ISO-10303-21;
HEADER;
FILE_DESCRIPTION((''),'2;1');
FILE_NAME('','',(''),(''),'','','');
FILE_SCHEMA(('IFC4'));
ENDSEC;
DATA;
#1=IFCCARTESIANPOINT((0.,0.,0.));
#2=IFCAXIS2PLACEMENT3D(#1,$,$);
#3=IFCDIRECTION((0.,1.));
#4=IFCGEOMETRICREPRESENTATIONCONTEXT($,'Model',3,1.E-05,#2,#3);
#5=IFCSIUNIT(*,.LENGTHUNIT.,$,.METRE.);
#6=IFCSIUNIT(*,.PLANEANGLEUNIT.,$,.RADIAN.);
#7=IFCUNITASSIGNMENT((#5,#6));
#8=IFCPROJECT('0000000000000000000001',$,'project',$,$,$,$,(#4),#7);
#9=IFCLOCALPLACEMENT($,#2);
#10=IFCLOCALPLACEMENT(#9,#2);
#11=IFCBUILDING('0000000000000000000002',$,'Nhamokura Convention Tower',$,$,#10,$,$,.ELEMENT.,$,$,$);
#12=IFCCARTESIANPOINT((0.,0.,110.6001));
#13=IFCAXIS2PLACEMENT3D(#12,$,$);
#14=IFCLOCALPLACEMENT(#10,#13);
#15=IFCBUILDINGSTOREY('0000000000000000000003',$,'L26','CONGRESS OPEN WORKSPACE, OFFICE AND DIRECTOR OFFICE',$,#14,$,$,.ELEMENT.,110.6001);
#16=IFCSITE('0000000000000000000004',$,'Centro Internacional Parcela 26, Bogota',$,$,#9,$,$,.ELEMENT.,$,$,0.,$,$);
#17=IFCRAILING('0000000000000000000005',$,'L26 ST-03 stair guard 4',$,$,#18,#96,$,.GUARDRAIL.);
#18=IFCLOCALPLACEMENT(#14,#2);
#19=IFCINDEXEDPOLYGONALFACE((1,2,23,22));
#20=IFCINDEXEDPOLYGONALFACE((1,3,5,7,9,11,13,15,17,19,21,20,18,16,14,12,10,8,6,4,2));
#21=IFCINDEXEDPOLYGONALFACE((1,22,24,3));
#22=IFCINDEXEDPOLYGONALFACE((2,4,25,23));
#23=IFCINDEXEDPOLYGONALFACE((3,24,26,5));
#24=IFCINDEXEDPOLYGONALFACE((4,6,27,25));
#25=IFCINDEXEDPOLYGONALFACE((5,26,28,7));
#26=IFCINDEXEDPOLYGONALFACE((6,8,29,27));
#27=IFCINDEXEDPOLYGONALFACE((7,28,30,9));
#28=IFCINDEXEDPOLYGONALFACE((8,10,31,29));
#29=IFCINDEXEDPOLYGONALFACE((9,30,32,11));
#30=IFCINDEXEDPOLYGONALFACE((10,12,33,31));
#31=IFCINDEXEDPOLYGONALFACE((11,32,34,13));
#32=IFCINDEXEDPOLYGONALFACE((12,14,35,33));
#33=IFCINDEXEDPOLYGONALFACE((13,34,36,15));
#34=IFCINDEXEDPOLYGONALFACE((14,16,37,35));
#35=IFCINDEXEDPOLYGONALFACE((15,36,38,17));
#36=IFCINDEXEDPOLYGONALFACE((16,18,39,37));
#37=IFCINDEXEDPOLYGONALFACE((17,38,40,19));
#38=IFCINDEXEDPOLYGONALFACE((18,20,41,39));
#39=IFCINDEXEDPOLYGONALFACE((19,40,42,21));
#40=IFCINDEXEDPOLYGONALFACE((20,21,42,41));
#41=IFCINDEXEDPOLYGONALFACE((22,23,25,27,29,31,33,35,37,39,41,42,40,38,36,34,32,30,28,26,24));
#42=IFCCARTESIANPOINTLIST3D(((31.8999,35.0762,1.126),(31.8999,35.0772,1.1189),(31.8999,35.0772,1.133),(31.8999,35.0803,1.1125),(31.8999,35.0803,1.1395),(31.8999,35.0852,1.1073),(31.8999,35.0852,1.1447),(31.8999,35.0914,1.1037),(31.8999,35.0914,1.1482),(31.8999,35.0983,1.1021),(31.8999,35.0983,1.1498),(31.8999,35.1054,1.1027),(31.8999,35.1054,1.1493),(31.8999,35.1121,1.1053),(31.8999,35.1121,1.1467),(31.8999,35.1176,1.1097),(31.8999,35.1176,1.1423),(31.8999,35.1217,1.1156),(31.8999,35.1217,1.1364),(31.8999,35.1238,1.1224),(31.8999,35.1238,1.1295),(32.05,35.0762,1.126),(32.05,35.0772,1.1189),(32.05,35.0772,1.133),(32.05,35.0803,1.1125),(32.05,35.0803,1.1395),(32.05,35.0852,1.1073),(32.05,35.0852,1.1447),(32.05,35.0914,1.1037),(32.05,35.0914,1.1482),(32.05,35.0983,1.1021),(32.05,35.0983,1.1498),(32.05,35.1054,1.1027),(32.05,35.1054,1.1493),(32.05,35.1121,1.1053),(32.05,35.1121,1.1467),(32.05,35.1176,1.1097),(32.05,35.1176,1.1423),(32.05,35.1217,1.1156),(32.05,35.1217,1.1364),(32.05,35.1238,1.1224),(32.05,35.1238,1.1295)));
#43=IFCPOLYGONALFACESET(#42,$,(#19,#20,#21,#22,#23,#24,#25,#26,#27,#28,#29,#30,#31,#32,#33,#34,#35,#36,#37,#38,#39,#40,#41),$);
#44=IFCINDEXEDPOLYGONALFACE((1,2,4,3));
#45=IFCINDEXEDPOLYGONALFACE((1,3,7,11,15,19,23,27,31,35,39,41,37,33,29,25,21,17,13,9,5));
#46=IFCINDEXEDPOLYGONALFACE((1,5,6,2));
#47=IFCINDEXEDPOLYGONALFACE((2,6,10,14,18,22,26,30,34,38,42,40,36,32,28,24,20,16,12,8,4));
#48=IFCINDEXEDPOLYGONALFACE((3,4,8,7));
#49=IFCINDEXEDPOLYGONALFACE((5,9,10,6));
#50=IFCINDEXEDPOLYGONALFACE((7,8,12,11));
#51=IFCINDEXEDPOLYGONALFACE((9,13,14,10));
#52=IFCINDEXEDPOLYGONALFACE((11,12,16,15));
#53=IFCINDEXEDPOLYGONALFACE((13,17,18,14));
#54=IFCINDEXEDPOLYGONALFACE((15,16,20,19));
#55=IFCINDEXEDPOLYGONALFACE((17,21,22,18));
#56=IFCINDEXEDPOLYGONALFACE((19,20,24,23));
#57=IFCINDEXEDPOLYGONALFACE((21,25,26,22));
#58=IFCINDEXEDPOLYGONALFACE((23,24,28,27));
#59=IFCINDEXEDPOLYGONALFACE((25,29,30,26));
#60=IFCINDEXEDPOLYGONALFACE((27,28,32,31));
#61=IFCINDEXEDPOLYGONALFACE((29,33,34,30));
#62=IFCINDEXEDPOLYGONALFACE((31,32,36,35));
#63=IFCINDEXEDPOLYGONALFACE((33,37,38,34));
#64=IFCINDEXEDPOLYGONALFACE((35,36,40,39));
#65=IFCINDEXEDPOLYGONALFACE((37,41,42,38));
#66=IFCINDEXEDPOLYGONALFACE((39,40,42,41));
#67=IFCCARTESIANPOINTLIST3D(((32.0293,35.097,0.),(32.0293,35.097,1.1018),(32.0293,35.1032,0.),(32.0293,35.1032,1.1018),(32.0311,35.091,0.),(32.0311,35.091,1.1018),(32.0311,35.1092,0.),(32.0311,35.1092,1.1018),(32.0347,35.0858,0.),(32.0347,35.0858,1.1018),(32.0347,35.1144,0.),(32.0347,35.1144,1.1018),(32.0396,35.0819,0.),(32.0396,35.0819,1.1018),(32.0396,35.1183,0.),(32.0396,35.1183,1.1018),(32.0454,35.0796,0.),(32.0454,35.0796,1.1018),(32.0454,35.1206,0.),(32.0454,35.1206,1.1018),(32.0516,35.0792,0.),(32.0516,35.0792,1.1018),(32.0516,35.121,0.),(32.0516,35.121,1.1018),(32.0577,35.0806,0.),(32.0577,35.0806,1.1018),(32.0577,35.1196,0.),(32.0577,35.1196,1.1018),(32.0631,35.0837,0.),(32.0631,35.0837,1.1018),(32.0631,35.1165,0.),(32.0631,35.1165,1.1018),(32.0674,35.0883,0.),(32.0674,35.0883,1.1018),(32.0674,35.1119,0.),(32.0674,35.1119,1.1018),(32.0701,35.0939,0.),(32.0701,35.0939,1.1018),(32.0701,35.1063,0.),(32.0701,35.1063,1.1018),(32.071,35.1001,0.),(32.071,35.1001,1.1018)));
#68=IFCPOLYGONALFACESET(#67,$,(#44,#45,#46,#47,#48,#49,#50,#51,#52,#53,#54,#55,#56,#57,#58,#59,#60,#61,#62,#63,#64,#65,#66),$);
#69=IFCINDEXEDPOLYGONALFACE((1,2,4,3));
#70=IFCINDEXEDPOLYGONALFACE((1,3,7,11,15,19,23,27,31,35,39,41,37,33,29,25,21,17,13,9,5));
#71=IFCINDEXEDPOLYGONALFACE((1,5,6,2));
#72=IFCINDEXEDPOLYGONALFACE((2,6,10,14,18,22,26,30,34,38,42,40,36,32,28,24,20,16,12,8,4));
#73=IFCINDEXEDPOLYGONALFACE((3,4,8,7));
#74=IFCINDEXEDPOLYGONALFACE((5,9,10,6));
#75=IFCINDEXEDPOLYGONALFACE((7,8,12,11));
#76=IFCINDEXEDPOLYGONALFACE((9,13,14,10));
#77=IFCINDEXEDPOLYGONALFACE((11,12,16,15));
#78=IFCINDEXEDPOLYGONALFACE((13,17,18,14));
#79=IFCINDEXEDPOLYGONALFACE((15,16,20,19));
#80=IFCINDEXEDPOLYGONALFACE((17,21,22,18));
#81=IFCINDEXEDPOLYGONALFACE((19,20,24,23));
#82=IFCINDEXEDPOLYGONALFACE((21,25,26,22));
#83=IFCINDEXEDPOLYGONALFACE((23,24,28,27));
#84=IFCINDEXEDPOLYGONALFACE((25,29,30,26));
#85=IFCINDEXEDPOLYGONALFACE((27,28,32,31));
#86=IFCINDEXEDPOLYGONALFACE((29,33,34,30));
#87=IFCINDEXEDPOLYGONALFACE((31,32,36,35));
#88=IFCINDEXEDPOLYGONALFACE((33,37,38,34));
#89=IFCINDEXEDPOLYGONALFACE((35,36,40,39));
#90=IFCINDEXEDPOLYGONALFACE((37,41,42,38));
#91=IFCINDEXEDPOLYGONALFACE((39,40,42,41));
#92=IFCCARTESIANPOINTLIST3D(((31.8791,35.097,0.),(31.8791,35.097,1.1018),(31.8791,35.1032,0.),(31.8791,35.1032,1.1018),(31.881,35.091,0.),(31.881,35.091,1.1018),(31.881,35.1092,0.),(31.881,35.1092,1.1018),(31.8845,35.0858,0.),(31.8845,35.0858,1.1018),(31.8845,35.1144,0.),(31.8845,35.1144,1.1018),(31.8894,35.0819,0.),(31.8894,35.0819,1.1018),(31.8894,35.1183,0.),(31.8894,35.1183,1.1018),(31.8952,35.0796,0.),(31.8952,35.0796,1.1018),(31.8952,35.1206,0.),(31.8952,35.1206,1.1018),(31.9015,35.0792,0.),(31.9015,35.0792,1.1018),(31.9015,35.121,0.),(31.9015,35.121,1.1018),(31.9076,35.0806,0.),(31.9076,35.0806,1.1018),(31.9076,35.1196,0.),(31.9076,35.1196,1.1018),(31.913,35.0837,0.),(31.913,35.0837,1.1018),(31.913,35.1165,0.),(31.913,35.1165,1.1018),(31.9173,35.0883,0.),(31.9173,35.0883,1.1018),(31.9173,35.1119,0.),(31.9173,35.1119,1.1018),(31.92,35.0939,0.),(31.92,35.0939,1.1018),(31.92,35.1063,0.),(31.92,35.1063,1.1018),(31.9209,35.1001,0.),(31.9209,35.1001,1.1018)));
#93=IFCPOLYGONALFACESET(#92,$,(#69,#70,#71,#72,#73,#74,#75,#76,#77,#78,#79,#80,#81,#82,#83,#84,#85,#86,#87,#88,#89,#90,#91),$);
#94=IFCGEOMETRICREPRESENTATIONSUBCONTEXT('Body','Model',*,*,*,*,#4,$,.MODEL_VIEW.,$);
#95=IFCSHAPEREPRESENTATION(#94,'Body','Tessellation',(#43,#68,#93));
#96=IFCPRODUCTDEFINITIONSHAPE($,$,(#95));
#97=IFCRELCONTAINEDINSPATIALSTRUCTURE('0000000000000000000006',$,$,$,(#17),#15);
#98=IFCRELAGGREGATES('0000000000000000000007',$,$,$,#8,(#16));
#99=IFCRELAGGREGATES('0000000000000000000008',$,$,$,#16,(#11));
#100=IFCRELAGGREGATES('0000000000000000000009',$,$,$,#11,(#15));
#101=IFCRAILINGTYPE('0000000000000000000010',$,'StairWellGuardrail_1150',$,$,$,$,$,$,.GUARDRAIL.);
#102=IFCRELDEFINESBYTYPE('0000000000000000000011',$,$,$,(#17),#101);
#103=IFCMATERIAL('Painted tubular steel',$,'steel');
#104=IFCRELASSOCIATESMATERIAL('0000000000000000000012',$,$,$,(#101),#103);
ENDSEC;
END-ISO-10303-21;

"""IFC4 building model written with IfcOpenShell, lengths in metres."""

from ifc_helpers import new_model, si_unit, direction, frame, origin, origin_2d, place, context, subcontext, project, spatial, circle, extrude, material, type_object, element, save


model = new_model("IFC4")

# Units and contexts
model_context = context("Model", 3, precision=1e-05, world=origin(), true_north=direction((0.0, 1.0)))
body_context = subcontext(model_context, "Body", "Model", "MODEL_VIEW")
ifc_project = project(units=[si_unit("LENGTHUNIT", "METRE"), si_unit("PLANEANGLEUNIT", "RADIAN")], contexts=[model_context])

# Site, building, storey
site_placement = place(None, origin())
site = spatial("IfcSite", under=ifc_project, at=site_placement, Name="Centro Internacional Parcela 26, Bogota", CompositionType="ELEMENT", RefElevation=0.0)
building_placement = place(site_placement, origin())
building = spatial("IfcBuilding", under=site, at=building_placement, Name="Nhamokura Convention Tower", CompositionType="ELEMENT")
storey_placement = place(building_placement, frame((0.0, 0.0, 110.6001)))
storey = spatial("IfcBuildingStorey", under=building, at=storey_placement, Name="L26", Description="CONGRESS OPEN WORKSPACE, OFFICE AND DIRECTOR OFFICE", CompositionType="ELEMENT", Elevation=110.6001)

# Railing
ifc_material_1 = material(Name="Painted tubular steel", Category="steel")
railing_type_1 = type_object("IfcRailingType", Name="StairWellGuardrail_1150", PredefinedType="GUARDRAIL", material=ifc_material_1)
railing_1_placement = place(storey_placement, frame((32.05, 35.1001, 0.0)))
element("IfcRailing", 1, at=railing_1_placement, inside=storey, type_object=railing_type_1, Name="L26 ST-03 stair guard 4", PredefinedType="GUARDRAIL", context=body_context, shape_type="SweptSolid", body=[
    extrude(circle(Radius=0.0239, at=origin_2d()), frame((0.0, 0.0, 1.126), z_axis=(-1.0, 0.0, 0.0), x_axis=(0.0, -1.0, 0.0)), (0.0, 0.0, 1.0), 0.1501),
    extrude(circle(Radius=0.021, at=origin_2d()), origin(), (0.0, 0.0, 1.0), 1.1018),
    extrude(circle(Radius=0.021, at=origin_2d()), frame((-0.1501, 0.0, 0.0)), (0.0, 0.0, 1.0), 1.1018),
])

save(model, "model.ifc")
